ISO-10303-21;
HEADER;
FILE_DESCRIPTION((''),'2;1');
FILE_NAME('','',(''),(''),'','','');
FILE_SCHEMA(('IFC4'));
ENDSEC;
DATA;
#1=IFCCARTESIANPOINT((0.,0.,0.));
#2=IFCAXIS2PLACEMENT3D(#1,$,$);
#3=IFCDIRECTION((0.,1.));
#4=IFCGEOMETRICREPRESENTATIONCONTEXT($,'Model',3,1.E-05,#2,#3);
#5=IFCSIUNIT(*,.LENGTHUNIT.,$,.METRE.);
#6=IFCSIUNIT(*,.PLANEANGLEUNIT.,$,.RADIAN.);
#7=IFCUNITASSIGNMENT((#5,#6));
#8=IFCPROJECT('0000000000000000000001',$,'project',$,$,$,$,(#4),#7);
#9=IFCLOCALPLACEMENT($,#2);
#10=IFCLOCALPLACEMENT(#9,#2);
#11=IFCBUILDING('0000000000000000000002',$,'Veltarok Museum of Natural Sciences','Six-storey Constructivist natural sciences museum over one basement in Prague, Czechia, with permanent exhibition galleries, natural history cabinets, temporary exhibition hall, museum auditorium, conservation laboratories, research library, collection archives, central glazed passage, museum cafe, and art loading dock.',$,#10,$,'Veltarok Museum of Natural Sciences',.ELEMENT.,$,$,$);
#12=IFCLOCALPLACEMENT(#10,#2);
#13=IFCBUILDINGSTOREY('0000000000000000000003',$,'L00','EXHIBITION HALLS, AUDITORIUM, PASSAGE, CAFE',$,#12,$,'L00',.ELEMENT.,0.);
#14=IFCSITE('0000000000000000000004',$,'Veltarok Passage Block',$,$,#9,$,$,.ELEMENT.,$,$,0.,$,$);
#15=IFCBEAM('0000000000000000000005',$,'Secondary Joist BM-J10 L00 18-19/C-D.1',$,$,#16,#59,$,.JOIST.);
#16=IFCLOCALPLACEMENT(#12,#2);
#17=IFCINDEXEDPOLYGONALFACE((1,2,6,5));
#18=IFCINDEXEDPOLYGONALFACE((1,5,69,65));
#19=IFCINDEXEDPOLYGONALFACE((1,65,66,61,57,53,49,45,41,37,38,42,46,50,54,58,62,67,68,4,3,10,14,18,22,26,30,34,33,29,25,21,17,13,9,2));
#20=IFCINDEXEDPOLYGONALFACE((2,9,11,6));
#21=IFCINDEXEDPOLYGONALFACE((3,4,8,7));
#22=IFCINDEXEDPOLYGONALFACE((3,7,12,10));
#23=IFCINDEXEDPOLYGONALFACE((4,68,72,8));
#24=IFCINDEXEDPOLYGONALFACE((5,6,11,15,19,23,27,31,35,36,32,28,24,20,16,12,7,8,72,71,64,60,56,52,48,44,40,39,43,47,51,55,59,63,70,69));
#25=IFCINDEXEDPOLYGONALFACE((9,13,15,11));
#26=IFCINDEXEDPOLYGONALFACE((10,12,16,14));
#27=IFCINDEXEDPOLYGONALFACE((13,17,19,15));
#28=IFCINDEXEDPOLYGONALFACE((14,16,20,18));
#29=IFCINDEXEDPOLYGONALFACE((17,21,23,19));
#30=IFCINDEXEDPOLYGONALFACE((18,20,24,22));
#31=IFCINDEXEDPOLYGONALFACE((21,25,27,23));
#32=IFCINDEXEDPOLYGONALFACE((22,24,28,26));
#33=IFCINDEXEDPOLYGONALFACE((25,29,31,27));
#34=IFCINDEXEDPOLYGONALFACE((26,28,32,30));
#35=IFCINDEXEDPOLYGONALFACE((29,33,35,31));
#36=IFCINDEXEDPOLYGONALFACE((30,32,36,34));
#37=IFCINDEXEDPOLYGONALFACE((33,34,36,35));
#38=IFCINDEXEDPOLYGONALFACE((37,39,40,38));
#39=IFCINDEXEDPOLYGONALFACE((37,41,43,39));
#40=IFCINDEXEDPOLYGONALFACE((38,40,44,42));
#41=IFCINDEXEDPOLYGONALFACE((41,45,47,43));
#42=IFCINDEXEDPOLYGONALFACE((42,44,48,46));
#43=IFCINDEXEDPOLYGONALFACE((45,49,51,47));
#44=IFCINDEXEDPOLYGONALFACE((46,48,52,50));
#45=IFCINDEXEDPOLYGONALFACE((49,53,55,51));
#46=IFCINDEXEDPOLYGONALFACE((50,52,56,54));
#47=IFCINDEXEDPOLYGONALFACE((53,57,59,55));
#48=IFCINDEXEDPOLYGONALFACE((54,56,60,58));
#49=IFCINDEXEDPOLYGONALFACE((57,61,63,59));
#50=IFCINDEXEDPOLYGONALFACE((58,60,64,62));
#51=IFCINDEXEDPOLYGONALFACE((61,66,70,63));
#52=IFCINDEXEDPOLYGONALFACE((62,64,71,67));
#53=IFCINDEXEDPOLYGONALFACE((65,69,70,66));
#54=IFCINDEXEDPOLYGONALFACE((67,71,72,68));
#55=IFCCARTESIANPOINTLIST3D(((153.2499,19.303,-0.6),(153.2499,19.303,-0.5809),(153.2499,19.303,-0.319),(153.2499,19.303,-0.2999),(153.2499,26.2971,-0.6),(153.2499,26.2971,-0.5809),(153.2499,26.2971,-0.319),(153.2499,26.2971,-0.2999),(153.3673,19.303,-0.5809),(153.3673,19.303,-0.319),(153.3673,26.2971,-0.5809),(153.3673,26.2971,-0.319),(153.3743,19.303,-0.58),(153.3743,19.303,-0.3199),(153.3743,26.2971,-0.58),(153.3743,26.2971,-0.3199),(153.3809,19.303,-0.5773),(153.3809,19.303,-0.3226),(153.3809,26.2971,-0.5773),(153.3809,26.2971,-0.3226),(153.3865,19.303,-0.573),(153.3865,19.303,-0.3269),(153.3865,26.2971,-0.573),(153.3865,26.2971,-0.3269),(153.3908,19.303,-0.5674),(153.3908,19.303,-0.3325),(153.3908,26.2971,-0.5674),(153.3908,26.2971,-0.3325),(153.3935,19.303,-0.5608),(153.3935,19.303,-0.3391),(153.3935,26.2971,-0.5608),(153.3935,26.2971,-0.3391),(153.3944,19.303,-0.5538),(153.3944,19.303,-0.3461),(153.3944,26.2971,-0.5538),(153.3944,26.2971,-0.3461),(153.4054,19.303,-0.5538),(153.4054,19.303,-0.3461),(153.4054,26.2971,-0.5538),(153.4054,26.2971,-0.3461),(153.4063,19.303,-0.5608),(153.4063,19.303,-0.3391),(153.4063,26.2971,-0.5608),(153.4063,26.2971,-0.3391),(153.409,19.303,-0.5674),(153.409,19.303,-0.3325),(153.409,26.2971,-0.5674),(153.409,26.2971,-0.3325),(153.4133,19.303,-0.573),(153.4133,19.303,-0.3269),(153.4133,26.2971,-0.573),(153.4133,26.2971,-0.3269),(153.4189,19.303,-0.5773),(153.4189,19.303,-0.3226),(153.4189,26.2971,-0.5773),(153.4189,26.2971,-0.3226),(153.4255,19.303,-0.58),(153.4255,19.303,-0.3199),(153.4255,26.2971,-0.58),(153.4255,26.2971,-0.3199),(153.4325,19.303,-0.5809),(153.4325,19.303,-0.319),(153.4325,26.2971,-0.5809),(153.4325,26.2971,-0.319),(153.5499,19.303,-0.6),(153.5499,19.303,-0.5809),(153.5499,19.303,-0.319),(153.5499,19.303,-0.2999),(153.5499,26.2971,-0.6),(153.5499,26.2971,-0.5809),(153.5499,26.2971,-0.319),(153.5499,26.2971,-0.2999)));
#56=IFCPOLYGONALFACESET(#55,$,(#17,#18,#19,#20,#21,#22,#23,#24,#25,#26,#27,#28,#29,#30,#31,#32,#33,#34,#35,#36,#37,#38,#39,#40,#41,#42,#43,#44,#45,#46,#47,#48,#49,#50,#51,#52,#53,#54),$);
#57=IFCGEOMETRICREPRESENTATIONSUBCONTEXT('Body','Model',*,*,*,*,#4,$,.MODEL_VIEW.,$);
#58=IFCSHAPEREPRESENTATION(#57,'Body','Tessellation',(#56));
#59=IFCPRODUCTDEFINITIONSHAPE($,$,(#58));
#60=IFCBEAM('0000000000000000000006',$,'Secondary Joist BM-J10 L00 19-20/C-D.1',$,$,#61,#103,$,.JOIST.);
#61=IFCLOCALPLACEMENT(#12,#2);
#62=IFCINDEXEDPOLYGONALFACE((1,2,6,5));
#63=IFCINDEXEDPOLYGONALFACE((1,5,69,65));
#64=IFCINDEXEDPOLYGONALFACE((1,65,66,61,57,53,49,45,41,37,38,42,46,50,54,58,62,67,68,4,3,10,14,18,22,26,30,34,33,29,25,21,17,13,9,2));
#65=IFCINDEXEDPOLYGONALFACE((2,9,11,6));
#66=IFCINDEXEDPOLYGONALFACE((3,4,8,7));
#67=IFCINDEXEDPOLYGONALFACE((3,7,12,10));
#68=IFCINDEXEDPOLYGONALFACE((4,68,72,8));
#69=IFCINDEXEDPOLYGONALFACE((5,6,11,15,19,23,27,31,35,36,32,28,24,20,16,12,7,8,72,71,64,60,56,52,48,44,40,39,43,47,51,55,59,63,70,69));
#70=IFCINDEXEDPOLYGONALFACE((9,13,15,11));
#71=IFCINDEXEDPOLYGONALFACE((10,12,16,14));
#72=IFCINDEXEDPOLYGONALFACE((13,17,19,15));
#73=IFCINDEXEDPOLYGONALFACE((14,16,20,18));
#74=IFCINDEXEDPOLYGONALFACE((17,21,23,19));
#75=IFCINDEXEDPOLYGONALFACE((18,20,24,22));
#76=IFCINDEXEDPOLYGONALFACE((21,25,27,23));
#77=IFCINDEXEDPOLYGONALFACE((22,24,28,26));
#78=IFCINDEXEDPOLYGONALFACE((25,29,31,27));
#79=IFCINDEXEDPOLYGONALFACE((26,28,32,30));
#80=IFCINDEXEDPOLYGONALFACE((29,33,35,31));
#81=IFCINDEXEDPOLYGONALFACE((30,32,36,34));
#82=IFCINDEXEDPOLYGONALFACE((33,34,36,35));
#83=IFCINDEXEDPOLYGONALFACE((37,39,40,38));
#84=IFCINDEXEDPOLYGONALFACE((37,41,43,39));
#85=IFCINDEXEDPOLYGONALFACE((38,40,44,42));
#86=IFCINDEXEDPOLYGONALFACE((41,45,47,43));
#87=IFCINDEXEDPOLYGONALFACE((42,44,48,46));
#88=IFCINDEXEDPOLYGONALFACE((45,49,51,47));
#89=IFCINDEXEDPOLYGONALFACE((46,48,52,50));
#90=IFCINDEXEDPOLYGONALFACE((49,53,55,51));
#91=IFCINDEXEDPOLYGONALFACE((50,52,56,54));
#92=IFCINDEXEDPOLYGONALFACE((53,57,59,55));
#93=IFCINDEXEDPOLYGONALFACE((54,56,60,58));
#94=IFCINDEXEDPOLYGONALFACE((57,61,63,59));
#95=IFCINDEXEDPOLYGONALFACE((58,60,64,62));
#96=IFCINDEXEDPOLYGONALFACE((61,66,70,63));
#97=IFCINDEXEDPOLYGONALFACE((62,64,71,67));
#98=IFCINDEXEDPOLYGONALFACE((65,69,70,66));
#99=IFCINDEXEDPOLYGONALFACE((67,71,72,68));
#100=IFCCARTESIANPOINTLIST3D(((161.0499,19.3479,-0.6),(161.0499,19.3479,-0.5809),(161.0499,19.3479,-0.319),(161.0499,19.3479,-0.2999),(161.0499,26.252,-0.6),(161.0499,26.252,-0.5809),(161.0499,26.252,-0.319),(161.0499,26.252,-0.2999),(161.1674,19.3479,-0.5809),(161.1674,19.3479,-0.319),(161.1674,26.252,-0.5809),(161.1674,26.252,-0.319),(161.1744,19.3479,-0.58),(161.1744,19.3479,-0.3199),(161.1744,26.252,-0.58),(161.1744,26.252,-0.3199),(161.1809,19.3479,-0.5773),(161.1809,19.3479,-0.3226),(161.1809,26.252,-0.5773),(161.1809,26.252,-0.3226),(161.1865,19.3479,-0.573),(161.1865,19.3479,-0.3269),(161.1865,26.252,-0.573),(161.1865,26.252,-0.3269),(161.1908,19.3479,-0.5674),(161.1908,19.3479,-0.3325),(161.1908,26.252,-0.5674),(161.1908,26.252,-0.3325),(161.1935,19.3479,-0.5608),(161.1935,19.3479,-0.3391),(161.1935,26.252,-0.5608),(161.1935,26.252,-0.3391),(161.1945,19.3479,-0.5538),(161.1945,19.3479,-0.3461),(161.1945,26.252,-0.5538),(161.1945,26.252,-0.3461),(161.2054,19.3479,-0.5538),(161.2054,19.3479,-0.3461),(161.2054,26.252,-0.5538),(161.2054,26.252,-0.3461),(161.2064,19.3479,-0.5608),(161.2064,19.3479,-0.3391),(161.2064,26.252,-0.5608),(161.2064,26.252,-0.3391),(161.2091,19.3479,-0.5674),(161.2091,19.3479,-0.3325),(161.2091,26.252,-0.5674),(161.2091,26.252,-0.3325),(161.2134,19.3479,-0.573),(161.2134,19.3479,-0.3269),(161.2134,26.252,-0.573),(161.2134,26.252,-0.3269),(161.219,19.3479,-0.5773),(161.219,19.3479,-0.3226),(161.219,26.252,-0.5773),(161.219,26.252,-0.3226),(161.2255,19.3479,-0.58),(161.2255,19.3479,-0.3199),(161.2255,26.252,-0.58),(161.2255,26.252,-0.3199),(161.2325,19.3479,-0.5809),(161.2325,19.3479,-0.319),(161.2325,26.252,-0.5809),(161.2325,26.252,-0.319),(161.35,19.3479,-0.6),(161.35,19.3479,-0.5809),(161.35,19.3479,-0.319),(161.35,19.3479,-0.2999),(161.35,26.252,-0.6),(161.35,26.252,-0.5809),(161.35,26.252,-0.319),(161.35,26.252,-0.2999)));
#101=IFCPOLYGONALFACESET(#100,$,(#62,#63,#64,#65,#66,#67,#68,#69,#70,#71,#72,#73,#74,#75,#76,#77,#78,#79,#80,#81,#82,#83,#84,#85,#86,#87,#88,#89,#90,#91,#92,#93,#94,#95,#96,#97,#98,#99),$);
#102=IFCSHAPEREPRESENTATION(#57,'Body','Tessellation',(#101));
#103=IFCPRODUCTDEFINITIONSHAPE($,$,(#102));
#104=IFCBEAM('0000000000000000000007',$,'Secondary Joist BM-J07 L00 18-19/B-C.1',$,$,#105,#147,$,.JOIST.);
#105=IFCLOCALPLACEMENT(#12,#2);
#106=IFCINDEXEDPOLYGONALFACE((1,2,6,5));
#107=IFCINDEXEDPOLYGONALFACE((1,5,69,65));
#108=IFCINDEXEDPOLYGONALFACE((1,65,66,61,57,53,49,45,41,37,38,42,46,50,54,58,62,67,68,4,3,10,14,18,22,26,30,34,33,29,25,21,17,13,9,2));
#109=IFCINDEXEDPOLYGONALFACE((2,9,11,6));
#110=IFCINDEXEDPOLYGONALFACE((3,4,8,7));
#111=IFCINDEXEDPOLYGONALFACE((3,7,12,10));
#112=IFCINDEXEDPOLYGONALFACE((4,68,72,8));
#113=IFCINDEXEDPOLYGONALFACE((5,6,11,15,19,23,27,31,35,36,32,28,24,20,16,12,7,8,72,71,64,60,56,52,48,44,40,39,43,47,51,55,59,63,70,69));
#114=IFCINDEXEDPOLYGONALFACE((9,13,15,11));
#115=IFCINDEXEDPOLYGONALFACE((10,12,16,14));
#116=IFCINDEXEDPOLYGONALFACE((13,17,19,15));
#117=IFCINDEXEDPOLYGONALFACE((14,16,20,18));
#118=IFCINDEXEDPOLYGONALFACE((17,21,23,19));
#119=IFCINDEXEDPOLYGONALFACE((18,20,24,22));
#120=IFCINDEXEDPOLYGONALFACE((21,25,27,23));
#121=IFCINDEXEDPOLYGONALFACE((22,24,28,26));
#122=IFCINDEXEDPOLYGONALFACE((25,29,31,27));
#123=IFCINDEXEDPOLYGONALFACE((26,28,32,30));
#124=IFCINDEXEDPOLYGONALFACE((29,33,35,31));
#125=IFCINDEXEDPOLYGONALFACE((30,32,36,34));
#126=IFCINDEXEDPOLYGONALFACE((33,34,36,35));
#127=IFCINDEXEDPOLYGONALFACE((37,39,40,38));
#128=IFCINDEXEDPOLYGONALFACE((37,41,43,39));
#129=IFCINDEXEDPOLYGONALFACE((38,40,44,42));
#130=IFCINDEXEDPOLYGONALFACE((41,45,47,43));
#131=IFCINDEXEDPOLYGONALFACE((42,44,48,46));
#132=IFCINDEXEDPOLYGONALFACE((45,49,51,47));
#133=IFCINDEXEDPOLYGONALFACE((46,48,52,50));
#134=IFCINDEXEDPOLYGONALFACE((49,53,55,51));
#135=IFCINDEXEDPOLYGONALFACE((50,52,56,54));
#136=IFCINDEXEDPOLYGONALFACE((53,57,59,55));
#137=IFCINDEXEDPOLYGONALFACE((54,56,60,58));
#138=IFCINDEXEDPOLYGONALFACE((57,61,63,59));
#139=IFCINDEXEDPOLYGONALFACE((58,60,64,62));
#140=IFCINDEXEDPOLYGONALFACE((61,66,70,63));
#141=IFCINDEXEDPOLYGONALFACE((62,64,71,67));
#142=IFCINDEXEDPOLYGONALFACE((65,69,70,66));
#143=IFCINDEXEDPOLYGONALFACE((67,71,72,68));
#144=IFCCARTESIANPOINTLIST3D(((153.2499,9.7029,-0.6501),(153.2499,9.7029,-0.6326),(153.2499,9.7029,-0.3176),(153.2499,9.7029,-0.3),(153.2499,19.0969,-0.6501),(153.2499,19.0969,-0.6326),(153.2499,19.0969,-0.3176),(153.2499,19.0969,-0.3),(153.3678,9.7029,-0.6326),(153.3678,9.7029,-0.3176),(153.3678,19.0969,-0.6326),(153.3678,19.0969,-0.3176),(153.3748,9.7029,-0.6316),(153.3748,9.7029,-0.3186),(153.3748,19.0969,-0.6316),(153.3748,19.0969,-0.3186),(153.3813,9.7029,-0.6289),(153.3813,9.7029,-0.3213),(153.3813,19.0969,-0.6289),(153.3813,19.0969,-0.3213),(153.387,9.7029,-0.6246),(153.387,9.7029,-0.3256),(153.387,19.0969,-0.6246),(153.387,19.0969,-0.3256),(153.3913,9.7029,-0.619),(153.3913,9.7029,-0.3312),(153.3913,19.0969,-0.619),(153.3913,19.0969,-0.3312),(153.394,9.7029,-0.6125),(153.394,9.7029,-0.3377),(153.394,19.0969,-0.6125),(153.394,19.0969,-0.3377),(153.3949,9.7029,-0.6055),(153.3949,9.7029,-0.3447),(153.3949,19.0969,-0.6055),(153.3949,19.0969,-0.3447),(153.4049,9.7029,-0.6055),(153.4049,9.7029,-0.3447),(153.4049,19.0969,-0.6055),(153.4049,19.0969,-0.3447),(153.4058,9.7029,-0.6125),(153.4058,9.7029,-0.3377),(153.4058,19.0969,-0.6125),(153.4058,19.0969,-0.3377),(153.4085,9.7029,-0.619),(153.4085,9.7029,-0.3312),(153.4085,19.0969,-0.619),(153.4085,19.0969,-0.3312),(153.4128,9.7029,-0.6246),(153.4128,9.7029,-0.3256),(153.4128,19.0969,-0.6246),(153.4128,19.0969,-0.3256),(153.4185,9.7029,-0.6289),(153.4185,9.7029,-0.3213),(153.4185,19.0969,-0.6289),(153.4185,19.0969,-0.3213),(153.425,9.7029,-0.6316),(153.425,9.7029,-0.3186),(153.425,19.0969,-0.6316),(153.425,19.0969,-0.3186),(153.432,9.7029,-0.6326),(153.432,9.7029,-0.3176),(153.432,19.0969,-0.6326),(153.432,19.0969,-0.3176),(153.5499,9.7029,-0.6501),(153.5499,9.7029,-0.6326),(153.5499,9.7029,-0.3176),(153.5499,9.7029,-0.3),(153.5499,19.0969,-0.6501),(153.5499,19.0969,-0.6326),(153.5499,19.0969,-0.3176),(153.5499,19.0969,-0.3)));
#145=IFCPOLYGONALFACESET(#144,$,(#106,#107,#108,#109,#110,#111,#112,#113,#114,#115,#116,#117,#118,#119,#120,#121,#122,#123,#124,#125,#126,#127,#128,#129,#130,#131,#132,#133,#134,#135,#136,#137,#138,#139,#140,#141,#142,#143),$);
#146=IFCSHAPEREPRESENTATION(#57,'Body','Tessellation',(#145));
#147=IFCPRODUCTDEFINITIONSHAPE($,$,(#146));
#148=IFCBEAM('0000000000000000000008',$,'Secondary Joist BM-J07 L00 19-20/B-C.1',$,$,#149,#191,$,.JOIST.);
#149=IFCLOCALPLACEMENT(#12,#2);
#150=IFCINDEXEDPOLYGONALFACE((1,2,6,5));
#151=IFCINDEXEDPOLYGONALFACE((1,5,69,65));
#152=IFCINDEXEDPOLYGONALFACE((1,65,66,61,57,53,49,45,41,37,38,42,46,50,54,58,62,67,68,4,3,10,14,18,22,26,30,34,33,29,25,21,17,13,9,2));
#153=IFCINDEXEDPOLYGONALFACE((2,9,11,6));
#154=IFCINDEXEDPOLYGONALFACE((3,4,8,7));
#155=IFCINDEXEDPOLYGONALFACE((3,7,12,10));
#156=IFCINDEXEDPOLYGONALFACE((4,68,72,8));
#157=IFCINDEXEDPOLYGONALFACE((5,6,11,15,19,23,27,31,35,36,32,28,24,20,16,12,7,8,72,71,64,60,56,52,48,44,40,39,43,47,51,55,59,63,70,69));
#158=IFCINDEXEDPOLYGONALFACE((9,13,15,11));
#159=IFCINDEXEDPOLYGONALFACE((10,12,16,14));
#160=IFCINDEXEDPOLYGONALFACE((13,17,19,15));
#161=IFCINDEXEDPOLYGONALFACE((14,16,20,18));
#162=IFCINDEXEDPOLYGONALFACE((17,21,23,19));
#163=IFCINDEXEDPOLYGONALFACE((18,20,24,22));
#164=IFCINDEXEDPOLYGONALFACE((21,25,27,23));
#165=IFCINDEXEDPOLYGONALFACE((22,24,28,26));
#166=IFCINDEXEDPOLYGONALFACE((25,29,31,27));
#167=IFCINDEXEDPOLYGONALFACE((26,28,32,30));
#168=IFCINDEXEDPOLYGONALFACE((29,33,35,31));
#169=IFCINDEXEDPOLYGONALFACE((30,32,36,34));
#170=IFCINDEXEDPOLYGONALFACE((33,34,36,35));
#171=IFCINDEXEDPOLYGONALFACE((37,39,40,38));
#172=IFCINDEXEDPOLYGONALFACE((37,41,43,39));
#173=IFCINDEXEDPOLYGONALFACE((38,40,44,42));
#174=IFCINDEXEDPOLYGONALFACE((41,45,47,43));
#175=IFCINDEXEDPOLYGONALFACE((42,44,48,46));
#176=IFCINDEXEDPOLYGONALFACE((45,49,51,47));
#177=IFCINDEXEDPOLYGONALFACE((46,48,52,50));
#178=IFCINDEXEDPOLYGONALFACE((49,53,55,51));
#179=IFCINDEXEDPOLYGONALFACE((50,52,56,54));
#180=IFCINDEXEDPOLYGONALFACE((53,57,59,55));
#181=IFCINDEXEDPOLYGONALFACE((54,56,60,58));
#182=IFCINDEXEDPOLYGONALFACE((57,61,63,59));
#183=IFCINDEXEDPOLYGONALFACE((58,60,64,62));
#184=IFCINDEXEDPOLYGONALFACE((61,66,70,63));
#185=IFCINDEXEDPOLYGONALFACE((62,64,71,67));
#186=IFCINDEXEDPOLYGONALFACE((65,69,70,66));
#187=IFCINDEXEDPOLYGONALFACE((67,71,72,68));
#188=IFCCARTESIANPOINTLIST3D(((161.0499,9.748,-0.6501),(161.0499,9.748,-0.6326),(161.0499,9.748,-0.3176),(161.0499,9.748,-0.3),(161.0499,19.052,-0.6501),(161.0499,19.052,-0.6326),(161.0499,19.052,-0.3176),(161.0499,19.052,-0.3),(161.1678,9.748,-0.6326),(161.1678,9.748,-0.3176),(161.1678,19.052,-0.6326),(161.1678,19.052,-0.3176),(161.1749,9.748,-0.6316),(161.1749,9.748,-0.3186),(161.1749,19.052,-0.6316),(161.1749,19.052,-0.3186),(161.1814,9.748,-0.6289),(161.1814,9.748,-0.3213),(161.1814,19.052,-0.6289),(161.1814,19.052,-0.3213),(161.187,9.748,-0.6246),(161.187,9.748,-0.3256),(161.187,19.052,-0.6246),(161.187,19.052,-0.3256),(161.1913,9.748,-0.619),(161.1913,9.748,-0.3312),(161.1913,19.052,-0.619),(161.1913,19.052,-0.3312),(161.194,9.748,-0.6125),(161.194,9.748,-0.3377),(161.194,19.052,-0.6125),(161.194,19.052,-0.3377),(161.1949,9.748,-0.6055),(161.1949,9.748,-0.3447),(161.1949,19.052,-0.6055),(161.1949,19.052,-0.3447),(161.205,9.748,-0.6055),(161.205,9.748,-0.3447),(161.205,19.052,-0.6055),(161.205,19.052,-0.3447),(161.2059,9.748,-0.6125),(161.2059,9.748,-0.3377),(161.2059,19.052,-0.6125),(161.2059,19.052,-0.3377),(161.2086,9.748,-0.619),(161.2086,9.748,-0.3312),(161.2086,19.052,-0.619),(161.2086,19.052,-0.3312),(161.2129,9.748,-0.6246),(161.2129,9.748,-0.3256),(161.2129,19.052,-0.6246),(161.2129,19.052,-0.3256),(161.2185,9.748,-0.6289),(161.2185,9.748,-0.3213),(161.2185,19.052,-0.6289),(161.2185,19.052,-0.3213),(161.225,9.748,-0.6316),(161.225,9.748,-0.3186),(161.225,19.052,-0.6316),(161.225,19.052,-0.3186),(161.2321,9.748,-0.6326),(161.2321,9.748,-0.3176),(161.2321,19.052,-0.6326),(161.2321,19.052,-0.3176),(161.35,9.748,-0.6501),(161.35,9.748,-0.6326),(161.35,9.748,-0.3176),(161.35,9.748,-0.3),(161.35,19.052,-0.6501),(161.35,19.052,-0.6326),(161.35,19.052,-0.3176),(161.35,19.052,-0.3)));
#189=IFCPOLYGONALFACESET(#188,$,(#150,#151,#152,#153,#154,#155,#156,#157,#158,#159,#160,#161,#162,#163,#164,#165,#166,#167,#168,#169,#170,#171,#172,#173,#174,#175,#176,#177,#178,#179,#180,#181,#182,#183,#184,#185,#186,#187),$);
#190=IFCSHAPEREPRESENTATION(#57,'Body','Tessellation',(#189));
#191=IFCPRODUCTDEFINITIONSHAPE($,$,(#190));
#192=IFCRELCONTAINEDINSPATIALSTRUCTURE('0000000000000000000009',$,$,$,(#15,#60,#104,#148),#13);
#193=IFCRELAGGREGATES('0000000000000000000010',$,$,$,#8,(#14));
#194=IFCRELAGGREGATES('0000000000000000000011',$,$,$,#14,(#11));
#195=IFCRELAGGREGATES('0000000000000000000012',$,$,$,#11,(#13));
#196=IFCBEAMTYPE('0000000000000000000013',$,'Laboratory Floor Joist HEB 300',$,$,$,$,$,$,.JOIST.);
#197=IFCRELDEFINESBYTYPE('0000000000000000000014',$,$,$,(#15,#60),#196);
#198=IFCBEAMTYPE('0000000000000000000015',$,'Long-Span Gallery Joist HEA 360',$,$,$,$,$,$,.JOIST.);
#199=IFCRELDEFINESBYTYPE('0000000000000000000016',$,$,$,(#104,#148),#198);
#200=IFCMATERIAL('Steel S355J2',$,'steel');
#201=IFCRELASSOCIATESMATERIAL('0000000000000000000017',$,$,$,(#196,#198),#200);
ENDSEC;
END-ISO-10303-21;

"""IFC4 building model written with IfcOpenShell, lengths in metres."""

from ifc_helpers import new_model, si_unit, direction, frame, origin, origin_2d, place, context, subcontext, project, spatial, i_section, extrude, material, material_profile, profile_set, type_object, element, save


model = new_model("IFC4")

# Units and contexts
model_context = context("Model", 3, precision=1e-05, world=origin(), true_north=direction((0.0, 1.0)))
body_context = subcontext(model_context, "Body", "Model", "MODEL_VIEW")
ifc_project = project(units=[si_unit("LENGTHUNIT", "METRE"), si_unit("PLANEANGLEUNIT", "RADIAN")], contexts=[model_context])

# Site, building, storey
site_placement = place(None, origin())
site = spatial("IfcSite", under=ifc_project, at=site_placement, Name="Veltarok Passage Block", CompositionType="ELEMENT", RefElevation=0.0)
building_placement = place(site_placement, origin())
building = spatial("IfcBuilding", under=site, at=building_placement, Name="Veltarok Museum of Natural Sciences", Description="Six-storey Constructivist natural sciences museum over one basement in Prague, Czechia, with permanent exhibition galleries, natural history cabinets, temporary exhibition hall, museum auditorium, conservation laboratories, research library, collection archives, central glazed passage, museum cafe, and art loading dock.", LongName="Veltarok Museum of Natural Sciences", CompositionType="ELEMENT")
storey_placement = place(building_placement, origin())
storey = spatial("IfcBuildingStorey", under=building, at=storey_placement, Name="L00", Description="EXHIBITION HALLS, AUDITORIUM, PASSAGE, CAFE", LongName="L00", CompositionType="ELEMENT", Elevation=0.0)

# Shared definitions
ifc_material_1 = material(Name="Steel S355J2", Category="steel")

# Beams
ifc_material_profile_1 = material_profile(ifc_material_1, i_section(OverallWidth=0.3, OverallDepth=0.3, WebThickness=0.011, FlangeThickness=0.019, FilletRadius=0.0271, at=origin_2d()), Name="HEB 300")
ifc_profile_set_1 = profile_set([ifc_material_profile_1], Name="Steel S355J2")
beam_type_1 = type_object("IfcBeamType", Name="Laboratory Floor Joist HEB 300", PredefinedType="JOIST", material=ifc_profile_set_1)
beam_1_placement = place(storey_placement, frame((153.3999, 19.303, -0.45), z_axis=(0.0, 1.0, 0.0), x_axis=(-1.0, 0.0, 0.0)))
element("IfcBeam", 1, at=beam_1_placement, inside=storey, type_object=beam_type_1, Name="Secondary Joist BM-J10 L00 18-19/C-D.1", PredefinedType="JOIST", context=body_context, shape_type="SweptSolid", body=[
    extrude(i_section(OverallWidth=0.3, OverallDepth=0.3, WebThickness=0.011, FlangeThickness=0.019, FilletRadius=0.0271, at=origin_2d()), origin(), (0.0, 0.0, 1.0), 6.9941),
])
beam_2_placement = place(storey_placement, frame((161.2, 19.3479, -0.45), z_axis=(0.0, 1.0, 0.0), x_axis=(-1.0, 0.0, 0.0)))
element("IfcBeam", 2, at=beam_2_placement, inside=storey, type_object=beam_type_1, Name="Secondary Joist BM-J10 L00 19-20/C-D.1", PredefinedType="JOIST", context=body_context, shape_type="SweptSolid", body=[
    extrude(i_section(OverallWidth=0.3, OverallDepth=0.3, WebThickness=0.011, FlangeThickness=0.019, FilletRadius=0.0271, at=origin_2d()), origin(), (0.0, 0.0, 1.0), 6.9041),
])
ifc_material_profile_2 = material_profile(ifc_material_1, i_section(OverallWidth=0.3, OverallDepth=0.3501, WebThickness=0.01, FlangeThickness=0.0176, FilletRadius=0.0271, at=origin_2d()), Name="HEA 360")
ifc_profile_set_2 = profile_set([ifc_material_profile_2], Name="Steel S355J2")
beam_type_2 = type_object("IfcBeamType", Name="Long-Span Gallery Joist HEA 360", PredefinedType="JOIST", material=ifc_profile_set_2)
beam_3_placement = place(storey_placement, frame((153.3999, 9.7029, -0.4751), z_axis=(0.0, 1.0, 0.0), x_axis=(-1.0, 0.0, 0.0)))
element("IfcBeam", 3, at=beam_3_placement, inside=storey, type_object=beam_type_2, Name="Secondary Joist BM-J07 L00 18-19/B-C.1", PredefinedType="JOIST", context=body_context, shape_type="SweptSolid", body=[
    extrude(i_section(OverallWidth=0.3, OverallDepth=0.3501, WebThickness=0.01, FlangeThickness=0.0176, FilletRadius=0.0271, at=origin_2d()), origin(), (0.0, 0.0, 1.0), 9.394),
])
beam_4_placement = place(storey_placement, frame((161.2, 9.748, -0.4751), z_axis=(0.0, 1.0, 0.0), x_axis=(-1.0, 0.0, 0.0)))
element("IfcBeam", 4, at=beam_4_placement, inside=storey, type_object=beam_type_2, Name="Secondary Joist BM-J07 L00 19-20/B-C.1", PredefinedType="JOIST", context=body_context, shape_type="SweptSolid", body=[
    extrude(i_section(OverallWidth=0.3, OverallDepth=0.3501, WebThickness=0.01, FlangeThickness=0.0176, FilletRadius=0.0271, at=origin_2d()), origin(), (0.0, 0.0, 1.0), 9.304),
])

save(model, "model.ifc")
